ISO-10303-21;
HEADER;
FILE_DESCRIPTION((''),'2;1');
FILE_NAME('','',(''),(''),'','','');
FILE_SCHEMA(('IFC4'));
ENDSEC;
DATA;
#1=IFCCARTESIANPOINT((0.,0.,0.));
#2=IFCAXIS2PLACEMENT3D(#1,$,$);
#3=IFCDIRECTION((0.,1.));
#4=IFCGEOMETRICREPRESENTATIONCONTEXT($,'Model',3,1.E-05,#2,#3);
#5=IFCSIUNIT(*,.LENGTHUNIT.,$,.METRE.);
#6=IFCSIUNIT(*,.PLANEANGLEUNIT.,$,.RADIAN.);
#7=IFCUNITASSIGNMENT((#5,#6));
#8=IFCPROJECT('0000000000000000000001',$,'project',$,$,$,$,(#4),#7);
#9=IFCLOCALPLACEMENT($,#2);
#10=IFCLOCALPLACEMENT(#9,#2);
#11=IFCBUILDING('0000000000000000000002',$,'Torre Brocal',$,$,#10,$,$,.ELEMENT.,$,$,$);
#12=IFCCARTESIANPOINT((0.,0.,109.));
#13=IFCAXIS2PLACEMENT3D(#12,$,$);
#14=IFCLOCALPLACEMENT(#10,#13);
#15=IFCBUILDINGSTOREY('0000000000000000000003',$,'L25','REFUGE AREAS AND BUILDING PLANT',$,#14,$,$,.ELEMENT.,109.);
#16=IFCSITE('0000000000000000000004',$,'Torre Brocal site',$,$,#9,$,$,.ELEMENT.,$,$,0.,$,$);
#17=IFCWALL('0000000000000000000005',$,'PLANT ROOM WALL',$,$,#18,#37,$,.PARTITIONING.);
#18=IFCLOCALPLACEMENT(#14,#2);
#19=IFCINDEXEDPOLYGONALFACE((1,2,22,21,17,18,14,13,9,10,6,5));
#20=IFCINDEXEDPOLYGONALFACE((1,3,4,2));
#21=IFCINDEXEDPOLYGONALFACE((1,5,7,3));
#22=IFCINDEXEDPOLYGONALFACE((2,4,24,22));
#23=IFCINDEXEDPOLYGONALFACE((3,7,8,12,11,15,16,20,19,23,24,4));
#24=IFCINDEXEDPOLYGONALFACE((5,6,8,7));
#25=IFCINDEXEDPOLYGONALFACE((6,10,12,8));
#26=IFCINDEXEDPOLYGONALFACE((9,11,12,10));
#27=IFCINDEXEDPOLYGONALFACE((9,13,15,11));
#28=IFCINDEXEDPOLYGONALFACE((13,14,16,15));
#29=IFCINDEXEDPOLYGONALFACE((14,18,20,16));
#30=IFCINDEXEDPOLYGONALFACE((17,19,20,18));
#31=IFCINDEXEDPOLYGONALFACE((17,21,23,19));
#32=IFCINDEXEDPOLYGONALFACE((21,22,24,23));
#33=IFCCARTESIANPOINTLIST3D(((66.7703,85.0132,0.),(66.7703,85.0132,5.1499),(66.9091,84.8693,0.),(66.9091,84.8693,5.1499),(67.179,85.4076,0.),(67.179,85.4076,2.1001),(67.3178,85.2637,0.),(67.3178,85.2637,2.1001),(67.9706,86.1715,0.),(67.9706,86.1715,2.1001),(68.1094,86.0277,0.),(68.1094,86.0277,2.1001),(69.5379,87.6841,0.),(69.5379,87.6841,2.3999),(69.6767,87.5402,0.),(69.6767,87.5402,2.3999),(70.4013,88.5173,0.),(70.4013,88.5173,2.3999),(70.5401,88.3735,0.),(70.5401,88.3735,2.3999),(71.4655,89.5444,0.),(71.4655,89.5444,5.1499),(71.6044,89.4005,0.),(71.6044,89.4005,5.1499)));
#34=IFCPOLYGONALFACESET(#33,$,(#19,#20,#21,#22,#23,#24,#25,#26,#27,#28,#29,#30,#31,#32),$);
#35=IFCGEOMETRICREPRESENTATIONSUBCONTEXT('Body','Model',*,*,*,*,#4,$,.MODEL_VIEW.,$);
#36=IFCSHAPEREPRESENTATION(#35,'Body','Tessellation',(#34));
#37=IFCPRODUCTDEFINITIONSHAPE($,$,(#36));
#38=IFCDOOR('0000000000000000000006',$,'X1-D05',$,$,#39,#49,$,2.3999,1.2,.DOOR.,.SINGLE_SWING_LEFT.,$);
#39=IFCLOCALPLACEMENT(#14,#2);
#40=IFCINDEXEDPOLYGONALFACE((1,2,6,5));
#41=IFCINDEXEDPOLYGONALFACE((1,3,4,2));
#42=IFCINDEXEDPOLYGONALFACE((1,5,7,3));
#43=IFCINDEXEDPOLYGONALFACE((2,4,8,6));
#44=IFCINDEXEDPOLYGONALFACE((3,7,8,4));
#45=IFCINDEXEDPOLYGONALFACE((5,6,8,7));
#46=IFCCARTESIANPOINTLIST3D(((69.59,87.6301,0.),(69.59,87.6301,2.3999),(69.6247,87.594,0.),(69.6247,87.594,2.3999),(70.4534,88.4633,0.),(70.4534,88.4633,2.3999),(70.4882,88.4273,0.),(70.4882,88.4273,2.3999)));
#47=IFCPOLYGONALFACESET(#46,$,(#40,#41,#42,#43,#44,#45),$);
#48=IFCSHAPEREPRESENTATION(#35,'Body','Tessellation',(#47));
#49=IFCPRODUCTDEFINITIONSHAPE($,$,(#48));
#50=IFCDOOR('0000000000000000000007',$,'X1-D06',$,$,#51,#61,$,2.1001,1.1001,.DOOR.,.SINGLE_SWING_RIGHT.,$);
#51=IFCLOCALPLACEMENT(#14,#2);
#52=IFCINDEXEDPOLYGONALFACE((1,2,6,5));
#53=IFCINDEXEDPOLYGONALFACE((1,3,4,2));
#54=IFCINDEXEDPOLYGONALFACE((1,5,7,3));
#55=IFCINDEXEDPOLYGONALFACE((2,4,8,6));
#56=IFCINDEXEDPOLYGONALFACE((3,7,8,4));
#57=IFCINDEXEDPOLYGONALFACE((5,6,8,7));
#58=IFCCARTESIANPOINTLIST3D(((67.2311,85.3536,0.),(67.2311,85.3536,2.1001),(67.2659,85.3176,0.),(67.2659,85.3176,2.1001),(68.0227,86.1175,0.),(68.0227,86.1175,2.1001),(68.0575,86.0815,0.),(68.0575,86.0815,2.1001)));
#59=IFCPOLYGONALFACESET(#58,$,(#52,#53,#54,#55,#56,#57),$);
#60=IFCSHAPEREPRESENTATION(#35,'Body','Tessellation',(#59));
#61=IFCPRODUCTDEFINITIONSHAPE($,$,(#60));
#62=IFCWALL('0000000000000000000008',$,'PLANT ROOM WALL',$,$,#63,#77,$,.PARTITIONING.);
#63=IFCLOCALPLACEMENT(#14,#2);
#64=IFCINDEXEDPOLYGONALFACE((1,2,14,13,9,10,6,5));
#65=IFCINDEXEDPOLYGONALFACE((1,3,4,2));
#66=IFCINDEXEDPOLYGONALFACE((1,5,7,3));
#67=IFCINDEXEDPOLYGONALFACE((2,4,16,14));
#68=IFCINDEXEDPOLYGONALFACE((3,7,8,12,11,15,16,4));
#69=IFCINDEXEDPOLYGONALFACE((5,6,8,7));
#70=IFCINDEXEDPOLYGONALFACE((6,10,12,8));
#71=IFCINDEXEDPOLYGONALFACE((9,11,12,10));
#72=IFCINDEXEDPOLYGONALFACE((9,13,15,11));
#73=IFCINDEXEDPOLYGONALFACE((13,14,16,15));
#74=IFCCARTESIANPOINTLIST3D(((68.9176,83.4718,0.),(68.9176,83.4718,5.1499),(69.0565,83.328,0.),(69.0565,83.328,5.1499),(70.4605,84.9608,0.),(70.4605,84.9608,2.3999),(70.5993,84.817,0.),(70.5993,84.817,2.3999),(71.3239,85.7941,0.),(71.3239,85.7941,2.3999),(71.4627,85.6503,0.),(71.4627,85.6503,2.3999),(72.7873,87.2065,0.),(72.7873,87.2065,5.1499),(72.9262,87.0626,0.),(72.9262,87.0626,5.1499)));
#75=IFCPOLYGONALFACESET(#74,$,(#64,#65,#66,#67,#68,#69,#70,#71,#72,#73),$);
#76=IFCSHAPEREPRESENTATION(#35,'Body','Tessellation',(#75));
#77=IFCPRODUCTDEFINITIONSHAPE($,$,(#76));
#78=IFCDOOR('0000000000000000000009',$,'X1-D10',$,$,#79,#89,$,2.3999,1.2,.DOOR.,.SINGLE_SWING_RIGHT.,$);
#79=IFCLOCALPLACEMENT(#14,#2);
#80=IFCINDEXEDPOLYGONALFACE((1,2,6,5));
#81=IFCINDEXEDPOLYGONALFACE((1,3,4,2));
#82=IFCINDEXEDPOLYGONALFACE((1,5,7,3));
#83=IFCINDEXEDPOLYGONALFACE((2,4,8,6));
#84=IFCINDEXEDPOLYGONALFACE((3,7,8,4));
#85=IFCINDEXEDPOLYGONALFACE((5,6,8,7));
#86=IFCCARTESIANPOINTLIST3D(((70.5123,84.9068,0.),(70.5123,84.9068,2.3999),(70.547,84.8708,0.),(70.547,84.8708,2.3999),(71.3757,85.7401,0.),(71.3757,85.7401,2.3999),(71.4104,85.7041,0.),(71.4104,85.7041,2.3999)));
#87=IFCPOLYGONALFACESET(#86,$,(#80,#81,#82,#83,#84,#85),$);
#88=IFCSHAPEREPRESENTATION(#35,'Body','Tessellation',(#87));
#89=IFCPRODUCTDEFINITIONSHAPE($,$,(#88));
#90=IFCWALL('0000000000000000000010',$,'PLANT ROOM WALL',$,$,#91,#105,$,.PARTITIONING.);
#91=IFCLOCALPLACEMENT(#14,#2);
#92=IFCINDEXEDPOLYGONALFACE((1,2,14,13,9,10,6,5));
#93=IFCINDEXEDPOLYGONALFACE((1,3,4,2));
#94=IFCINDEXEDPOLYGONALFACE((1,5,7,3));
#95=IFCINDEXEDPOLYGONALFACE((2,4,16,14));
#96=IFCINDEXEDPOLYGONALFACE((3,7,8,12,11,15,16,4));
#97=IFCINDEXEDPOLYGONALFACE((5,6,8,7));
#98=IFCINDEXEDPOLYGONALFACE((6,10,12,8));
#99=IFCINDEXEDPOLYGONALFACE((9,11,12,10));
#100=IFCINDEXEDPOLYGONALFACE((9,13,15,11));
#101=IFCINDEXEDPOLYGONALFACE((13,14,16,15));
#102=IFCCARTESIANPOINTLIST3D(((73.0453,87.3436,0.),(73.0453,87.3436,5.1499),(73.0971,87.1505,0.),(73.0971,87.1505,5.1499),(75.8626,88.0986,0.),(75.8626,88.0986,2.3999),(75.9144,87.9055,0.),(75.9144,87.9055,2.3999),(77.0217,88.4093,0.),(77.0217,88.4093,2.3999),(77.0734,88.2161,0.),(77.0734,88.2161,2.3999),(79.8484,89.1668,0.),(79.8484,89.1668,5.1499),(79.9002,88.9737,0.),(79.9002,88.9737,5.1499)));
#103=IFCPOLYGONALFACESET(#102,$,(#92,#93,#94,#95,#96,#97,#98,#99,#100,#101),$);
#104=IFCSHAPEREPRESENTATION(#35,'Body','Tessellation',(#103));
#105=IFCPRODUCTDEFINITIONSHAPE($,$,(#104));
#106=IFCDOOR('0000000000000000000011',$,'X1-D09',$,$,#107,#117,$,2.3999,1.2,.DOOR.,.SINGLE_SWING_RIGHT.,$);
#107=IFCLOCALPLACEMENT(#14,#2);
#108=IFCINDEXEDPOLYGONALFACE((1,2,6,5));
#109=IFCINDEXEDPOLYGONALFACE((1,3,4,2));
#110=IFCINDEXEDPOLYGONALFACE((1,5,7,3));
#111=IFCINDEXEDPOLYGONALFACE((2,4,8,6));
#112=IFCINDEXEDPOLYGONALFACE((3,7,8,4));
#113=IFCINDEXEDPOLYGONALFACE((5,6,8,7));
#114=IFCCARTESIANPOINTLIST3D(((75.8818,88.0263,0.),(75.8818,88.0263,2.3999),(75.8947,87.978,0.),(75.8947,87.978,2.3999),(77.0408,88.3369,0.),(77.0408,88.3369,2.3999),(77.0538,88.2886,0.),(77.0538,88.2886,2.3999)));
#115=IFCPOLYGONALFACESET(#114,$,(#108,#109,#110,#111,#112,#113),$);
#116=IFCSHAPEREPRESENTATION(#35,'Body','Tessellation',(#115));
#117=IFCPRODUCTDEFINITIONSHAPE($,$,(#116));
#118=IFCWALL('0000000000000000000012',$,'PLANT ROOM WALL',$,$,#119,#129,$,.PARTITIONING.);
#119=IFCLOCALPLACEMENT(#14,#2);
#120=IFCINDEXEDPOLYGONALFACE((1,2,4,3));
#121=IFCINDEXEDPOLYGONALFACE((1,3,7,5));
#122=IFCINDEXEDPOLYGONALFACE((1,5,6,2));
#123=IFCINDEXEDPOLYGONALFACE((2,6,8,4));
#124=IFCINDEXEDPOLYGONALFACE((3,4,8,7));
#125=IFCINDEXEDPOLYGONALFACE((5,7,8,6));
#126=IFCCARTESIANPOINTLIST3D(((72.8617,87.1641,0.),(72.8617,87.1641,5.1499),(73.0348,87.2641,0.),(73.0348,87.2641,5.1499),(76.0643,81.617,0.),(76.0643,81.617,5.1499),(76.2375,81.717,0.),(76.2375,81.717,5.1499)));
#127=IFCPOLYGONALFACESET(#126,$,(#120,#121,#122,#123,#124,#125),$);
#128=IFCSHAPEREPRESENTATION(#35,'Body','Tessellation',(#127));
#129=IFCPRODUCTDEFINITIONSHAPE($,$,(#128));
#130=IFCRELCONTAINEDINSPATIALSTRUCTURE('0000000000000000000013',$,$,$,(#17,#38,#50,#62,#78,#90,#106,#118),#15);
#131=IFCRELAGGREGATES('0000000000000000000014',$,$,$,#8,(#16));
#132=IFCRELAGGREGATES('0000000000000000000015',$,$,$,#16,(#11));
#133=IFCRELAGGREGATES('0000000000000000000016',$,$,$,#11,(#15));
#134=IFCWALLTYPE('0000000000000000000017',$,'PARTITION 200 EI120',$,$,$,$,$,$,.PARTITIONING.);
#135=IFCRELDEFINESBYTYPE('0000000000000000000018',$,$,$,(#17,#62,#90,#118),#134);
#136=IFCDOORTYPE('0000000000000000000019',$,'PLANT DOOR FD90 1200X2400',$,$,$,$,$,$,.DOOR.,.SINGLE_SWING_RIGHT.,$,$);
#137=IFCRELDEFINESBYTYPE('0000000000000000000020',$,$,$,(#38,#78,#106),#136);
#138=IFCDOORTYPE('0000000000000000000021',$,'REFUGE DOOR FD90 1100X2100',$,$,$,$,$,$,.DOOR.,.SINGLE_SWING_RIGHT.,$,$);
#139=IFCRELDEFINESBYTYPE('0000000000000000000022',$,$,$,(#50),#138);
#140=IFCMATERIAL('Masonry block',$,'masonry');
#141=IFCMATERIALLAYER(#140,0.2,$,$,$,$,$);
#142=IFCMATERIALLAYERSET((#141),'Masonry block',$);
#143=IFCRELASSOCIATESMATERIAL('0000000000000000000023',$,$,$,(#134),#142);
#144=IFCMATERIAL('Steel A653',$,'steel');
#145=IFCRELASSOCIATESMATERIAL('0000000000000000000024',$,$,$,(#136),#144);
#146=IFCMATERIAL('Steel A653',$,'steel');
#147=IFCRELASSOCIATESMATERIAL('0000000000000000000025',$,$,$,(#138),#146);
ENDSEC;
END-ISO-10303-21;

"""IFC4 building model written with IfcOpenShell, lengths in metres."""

from ifc_helpers import new_model, si_unit, direction, frame, frame_2d, origin, place, context, subcontext, project, spatial, rectangle, extrude, material, layer, layer_set, type_object, element, fill, save


model = new_model("IFC4")

# Units and contexts
model_context = context("Model", 3, precision=1e-05, world=origin(), true_north=direction((0.0, 1.0)))
body_context = subcontext(model_context, "Body", "Model", "MODEL_VIEW")
ifc_project = project(units=[si_unit("LENGTHUNIT", "METRE"), si_unit("PLANEANGLEUNIT", "RADIAN")], contexts=[model_context])

# Site, building, storey
site_placement = place(None, origin())
site = spatial("IfcSite", under=ifc_project, at=site_placement, Name="Torre Brocal site", CompositionType="ELEMENT", RefElevation=0.0)
building_placement = place(site_placement, origin())
building = spatial("IfcBuilding", under=site, at=building_placement, Name="Torre Brocal", CompositionType="ELEMENT")
storey_placement = place(building_placement, frame((0.0, 0.0, 109.0)))
storey = spatial("IfcBuildingStorey", under=building, at=storey_placement, Name="L25", Description="REFUGE AREAS AND BUILDING PLANT", CompositionType="ELEMENT", Elevation=109.0)

# Wall, openings, doors
ifc_material_1 = material(Name="Masonry block", Category="masonry")
ifc_layer_1 = layer(ifc_material_1, 0.2)
ifc_layer_set_1 = layer_set([ifc_layer_1], Name="Masonry block")
wall_type_1 = type_object("IfcWallType", Name="PARTITION 200 EI120", PredefinedType="PARTITIONING", material=ifc_layer_set_1)
wall_1_placement = place(storey_placement, frame((66.8396, 84.9412, 0.0), z_axis=(0.0, 0.0, 1.0), x_axis=(0.719566, 0.694424, 0.0)))
wall_1 = element("IfcWall", 1, at=wall_1_placement, inside=storey, type_object=wall_type_1, Name="PLANT ROOM WALL", PredefinedType="PARTITIONING", context=body_context, shape_type="SweptSolid", body=[
    extrude(rectangle(XDim=6.5251, YDim=0.2, at=frame_2d((3.2627, 0.0))), origin(), (0.0, 0.0, 1.0), 5.1499),
])
opening_1_placement = place(wall_1_placement, frame((3.8462, 0.0, 0.0)))
opening_1 = element("IfcOpeningElement", 2, at=opening_1_placement, cuts=wall_1, PredefinedType="OPENING", context=body_context, shape_type="SweptSolid", body=[
    extrude(rectangle(XDim=1.2, YDim=2.3999, at=frame_2d((0.6001, 1.2))), frame((0.0, 0.1099, 0.0), z_axis=(0.0, -1.0, 0.0), x_axis=(1.0, 0.0, 0.0)), (0.0, 0.0, 1.0), 0.22),
])
opening_2_placement = place(wall_1_placement, frame((0.5681, 0.0, 0.0)))
opening_2 = element("IfcOpeningElement", 3, at=opening_2_placement, cuts=wall_1, PredefinedType="OPENING", context=body_context, shape_type="SweptSolid", body=[
    extrude(rectangle(XDim=1.1001, YDim=2.1001, at=frame_2d((0.55, 1.05))), frame((0.0, 0.1099, 0.0), z_axis=(0.0, -1.0, 0.0), x_axis=(1.0, 0.0, 0.0)), (0.0, 0.0, 1.0), 0.22),
])
ifc_material_2 = material(Name="Steel A653", Category="steel")
door_type_1 = type_object("IfcDoorType", Name="PLANT DOOR FD90 1200X2400", OperationType="SINGLE_SWING_RIGHT", PredefinedType="DOOR", material=ifc_material_2)
door_1_placement = place(opening_1_placement, origin())
door_1 = element("IfcDoor", 4, at=door_1_placement, inside=storey, type_object=door_type_1, Name="X1-D05", OperationType="SINGLE_SWING_LEFT", OverallHeight=2.3999, OverallWidth=1.2, PredefinedType="DOOR", context=body_context, shape_type="SweptSolid", body=[
    extrude(rectangle(XDim=1.2, YDim=2.3999, at=frame_2d((0.6001, 1.2))), frame((0.0, 0.0249, 0.0), z_axis=(0.0, -1.0, 0.0), x_axis=(1.0, 0.0, 0.0)), (0.0, 0.0, 1.0), 0.05),
])
fill(opening_1, door_1)
ifc_material_3 = material(Name="Steel A653", Category="steel")
door_type_2 = type_object("IfcDoorType", Name="REFUGE DOOR FD90 1100X2100", OperationType="SINGLE_SWING_RIGHT", PredefinedType="DOOR", material=ifc_material_3)
door_2_placement = place(opening_2_placement, origin())
door_2 = element("IfcDoor", 5, at=door_2_placement, inside=storey, type_object=door_type_2, Name="X1-D06", OperationType="SINGLE_SWING_RIGHT", OverallHeight=2.1001, OverallWidth=1.1001, PredefinedType="DOOR", context=body_context, shape_type="SweptSolid", body=[
    extrude(rectangle(XDim=1.1001, YDim=2.1001, at=frame_2d((0.55, 1.05))), frame((0.0, 0.0249, 0.0), z_axis=(0.0, -1.0, 0.0), x_axis=(1.0, 0.0, 0.0)), (0.0, 0.0, 1.0), 0.05),
])
fill(opening_2, door_2)

# Walls, openings, doors
wall_2_placement = place(storey_placement, frame((68.9871, 83.3999, 0.0), z_axis=(0.0, 0.0, 1.0), x_axis=(0.719548, 0.694443, 0.0)))
wall_2 = element("IfcWall", 6, at=wall_2_placement, inside=storey, type_object=wall_type_1, Name="PLANT ROOM WALL", PredefinedType="PARTITIONING", context=body_context, shape_type="SweptSolid", body=[
    extrude(rectangle(XDim=5.3779, YDim=0.2, at=frame_2d((2.689, 0.0))), origin(), (0.0, 0.0, 1.0), 5.1499),
])
opening_3_placement = place(wall_2_placement, frame((2.144, 0.0, 0.0)))
opening_3 = element("IfcOpeningElement", 7, at=opening_3_placement, cuts=wall_2, PredefinedType="OPENING", context=body_context, shape_type="SweptSolid", body=[
    extrude(rectangle(XDim=1.2, YDim=2.3999, at=frame_2d((0.6001, 1.2))), frame((0.0, 0.1099, 0.0), z_axis=(0.0, -1.0, 0.0), x_axis=(1.0, 0.0, 0.0)), (0.0, 0.0, 1.0), 0.22),
])
door_3_placement = place(opening_3_placement, frame((1.2, 0.0, 0.0), z_axis=(0.0, 0.0, 1.0), x_axis=(-1.0, 0.0, 0.0)))
door_3 = element("IfcDoor", 8, at=door_3_placement, inside=storey, type_object=door_type_1, Name="X1-D10", OperationType="SINGLE_SWING_RIGHT", OverallHeight=2.3999, OverallWidth=1.2, PredefinedType="DOOR", context=body_context, shape_type="SweptSolid", body=[
    extrude(rectangle(XDim=1.2, YDim=2.3999, at=frame_2d((0.6001, 1.2))), frame((0.0, 0.0249, 0.0), z_axis=(0.0, -1.0, 0.0), x_axis=(1.0, 0.0, 0.0)), (0.0, 0.0, 1.0), 0.05),
])
fill(opening_3, door_3)
wall_3_placement = place(storey_placement, frame((73.0713, 87.2471, 0.0), z_axis=(0.0, 0.0, 1.0), x_axis=(0.965914, 0.258862, 0.0)))
wall_3 = element("IfcWall", 9, at=wall_3_placement, inside=storey, type_object=wall_type_1, Name="PLANT ROOM WALL", PredefinedType="PARTITIONING", context=body_context, shape_type="SweptSolid", body=[
    extrude(rectangle(XDim=7.0432, YDim=0.2, at=frame_2d((3.5215, 0.0))), origin(), (0.0, 0.0, 1.0), 5.1499),
])
opening_4_placement = place(wall_3_placement, frame((2.9165, 0.0, 0.0)))
opening_4 = element("IfcOpeningElement", 10, at=opening_4_placement, cuts=wall_3, PredefinedType="OPENING", context=body_context, shape_type="SweptSolid", body=[
    extrude(rectangle(XDim=1.2, YDim=2.3999, at=frame_2d((0.6001, 1.2))), frame((0.0, 0.1099, 0.0), z_axis=(0.0, -1.0, 0.0), x_axis=(1.0, 0.0, 0.0)), (0.0, 0.0, 1.0), 0.22),
])
door_4_placement = place(opening_4_placement, frame((1.2, 0.0, 0.0), z_axis=(0.0, 0.0, 1.0), x_axis=(-1.0, 0.0, 0.0)))
door_4 = element("IfcDoor", 11, at=door_4_placement, inside=storey, type_object=door_type_1, Name="X1-D09", OperationType="SINGLE_SWING_RIGHT", OverallHeight=2.3999, OverallWidth=1.2, PredefinedType="DOOR", context=body_context, shape_type="SweptSolid", body=[
    extrude(rectangle(XDim=1.2, YDim=2.3999, at=frame_2d((0.6001, 1.2))), frame((0.0, 0.0249, 0.0), z_axis=(0.0, -1.0, 0.0), x_axis=(1.0, 0.0, 0.0)), (0.0, 0.0, 1.0), 0.05),
])
fill(opening_4, door_4)

# Wall
wall_4_placement = place(storey_placement, frame((72.9482, 87.2141, 0.0), z_axis=(0.0, 0.0, 1.0), x_axis=(0.500001, -0.866025, 0.0)))
element("IfcWall", 12, at=wall_4_placement, inside=storey, type_object=wall_type_1, Name="PLANT ROOM WALL", PredefinedType="PARTITIONING", context=body_context, shape_type="SweptSolid", body=[
    extrude(rectangle(XDim=6.4053, YDim=0.2, at=frame_2d((3.2026, 0.0))), origin(), (0.0, 0.0, 1.0), 5.1499),
])

save(model, "model.ifc")
